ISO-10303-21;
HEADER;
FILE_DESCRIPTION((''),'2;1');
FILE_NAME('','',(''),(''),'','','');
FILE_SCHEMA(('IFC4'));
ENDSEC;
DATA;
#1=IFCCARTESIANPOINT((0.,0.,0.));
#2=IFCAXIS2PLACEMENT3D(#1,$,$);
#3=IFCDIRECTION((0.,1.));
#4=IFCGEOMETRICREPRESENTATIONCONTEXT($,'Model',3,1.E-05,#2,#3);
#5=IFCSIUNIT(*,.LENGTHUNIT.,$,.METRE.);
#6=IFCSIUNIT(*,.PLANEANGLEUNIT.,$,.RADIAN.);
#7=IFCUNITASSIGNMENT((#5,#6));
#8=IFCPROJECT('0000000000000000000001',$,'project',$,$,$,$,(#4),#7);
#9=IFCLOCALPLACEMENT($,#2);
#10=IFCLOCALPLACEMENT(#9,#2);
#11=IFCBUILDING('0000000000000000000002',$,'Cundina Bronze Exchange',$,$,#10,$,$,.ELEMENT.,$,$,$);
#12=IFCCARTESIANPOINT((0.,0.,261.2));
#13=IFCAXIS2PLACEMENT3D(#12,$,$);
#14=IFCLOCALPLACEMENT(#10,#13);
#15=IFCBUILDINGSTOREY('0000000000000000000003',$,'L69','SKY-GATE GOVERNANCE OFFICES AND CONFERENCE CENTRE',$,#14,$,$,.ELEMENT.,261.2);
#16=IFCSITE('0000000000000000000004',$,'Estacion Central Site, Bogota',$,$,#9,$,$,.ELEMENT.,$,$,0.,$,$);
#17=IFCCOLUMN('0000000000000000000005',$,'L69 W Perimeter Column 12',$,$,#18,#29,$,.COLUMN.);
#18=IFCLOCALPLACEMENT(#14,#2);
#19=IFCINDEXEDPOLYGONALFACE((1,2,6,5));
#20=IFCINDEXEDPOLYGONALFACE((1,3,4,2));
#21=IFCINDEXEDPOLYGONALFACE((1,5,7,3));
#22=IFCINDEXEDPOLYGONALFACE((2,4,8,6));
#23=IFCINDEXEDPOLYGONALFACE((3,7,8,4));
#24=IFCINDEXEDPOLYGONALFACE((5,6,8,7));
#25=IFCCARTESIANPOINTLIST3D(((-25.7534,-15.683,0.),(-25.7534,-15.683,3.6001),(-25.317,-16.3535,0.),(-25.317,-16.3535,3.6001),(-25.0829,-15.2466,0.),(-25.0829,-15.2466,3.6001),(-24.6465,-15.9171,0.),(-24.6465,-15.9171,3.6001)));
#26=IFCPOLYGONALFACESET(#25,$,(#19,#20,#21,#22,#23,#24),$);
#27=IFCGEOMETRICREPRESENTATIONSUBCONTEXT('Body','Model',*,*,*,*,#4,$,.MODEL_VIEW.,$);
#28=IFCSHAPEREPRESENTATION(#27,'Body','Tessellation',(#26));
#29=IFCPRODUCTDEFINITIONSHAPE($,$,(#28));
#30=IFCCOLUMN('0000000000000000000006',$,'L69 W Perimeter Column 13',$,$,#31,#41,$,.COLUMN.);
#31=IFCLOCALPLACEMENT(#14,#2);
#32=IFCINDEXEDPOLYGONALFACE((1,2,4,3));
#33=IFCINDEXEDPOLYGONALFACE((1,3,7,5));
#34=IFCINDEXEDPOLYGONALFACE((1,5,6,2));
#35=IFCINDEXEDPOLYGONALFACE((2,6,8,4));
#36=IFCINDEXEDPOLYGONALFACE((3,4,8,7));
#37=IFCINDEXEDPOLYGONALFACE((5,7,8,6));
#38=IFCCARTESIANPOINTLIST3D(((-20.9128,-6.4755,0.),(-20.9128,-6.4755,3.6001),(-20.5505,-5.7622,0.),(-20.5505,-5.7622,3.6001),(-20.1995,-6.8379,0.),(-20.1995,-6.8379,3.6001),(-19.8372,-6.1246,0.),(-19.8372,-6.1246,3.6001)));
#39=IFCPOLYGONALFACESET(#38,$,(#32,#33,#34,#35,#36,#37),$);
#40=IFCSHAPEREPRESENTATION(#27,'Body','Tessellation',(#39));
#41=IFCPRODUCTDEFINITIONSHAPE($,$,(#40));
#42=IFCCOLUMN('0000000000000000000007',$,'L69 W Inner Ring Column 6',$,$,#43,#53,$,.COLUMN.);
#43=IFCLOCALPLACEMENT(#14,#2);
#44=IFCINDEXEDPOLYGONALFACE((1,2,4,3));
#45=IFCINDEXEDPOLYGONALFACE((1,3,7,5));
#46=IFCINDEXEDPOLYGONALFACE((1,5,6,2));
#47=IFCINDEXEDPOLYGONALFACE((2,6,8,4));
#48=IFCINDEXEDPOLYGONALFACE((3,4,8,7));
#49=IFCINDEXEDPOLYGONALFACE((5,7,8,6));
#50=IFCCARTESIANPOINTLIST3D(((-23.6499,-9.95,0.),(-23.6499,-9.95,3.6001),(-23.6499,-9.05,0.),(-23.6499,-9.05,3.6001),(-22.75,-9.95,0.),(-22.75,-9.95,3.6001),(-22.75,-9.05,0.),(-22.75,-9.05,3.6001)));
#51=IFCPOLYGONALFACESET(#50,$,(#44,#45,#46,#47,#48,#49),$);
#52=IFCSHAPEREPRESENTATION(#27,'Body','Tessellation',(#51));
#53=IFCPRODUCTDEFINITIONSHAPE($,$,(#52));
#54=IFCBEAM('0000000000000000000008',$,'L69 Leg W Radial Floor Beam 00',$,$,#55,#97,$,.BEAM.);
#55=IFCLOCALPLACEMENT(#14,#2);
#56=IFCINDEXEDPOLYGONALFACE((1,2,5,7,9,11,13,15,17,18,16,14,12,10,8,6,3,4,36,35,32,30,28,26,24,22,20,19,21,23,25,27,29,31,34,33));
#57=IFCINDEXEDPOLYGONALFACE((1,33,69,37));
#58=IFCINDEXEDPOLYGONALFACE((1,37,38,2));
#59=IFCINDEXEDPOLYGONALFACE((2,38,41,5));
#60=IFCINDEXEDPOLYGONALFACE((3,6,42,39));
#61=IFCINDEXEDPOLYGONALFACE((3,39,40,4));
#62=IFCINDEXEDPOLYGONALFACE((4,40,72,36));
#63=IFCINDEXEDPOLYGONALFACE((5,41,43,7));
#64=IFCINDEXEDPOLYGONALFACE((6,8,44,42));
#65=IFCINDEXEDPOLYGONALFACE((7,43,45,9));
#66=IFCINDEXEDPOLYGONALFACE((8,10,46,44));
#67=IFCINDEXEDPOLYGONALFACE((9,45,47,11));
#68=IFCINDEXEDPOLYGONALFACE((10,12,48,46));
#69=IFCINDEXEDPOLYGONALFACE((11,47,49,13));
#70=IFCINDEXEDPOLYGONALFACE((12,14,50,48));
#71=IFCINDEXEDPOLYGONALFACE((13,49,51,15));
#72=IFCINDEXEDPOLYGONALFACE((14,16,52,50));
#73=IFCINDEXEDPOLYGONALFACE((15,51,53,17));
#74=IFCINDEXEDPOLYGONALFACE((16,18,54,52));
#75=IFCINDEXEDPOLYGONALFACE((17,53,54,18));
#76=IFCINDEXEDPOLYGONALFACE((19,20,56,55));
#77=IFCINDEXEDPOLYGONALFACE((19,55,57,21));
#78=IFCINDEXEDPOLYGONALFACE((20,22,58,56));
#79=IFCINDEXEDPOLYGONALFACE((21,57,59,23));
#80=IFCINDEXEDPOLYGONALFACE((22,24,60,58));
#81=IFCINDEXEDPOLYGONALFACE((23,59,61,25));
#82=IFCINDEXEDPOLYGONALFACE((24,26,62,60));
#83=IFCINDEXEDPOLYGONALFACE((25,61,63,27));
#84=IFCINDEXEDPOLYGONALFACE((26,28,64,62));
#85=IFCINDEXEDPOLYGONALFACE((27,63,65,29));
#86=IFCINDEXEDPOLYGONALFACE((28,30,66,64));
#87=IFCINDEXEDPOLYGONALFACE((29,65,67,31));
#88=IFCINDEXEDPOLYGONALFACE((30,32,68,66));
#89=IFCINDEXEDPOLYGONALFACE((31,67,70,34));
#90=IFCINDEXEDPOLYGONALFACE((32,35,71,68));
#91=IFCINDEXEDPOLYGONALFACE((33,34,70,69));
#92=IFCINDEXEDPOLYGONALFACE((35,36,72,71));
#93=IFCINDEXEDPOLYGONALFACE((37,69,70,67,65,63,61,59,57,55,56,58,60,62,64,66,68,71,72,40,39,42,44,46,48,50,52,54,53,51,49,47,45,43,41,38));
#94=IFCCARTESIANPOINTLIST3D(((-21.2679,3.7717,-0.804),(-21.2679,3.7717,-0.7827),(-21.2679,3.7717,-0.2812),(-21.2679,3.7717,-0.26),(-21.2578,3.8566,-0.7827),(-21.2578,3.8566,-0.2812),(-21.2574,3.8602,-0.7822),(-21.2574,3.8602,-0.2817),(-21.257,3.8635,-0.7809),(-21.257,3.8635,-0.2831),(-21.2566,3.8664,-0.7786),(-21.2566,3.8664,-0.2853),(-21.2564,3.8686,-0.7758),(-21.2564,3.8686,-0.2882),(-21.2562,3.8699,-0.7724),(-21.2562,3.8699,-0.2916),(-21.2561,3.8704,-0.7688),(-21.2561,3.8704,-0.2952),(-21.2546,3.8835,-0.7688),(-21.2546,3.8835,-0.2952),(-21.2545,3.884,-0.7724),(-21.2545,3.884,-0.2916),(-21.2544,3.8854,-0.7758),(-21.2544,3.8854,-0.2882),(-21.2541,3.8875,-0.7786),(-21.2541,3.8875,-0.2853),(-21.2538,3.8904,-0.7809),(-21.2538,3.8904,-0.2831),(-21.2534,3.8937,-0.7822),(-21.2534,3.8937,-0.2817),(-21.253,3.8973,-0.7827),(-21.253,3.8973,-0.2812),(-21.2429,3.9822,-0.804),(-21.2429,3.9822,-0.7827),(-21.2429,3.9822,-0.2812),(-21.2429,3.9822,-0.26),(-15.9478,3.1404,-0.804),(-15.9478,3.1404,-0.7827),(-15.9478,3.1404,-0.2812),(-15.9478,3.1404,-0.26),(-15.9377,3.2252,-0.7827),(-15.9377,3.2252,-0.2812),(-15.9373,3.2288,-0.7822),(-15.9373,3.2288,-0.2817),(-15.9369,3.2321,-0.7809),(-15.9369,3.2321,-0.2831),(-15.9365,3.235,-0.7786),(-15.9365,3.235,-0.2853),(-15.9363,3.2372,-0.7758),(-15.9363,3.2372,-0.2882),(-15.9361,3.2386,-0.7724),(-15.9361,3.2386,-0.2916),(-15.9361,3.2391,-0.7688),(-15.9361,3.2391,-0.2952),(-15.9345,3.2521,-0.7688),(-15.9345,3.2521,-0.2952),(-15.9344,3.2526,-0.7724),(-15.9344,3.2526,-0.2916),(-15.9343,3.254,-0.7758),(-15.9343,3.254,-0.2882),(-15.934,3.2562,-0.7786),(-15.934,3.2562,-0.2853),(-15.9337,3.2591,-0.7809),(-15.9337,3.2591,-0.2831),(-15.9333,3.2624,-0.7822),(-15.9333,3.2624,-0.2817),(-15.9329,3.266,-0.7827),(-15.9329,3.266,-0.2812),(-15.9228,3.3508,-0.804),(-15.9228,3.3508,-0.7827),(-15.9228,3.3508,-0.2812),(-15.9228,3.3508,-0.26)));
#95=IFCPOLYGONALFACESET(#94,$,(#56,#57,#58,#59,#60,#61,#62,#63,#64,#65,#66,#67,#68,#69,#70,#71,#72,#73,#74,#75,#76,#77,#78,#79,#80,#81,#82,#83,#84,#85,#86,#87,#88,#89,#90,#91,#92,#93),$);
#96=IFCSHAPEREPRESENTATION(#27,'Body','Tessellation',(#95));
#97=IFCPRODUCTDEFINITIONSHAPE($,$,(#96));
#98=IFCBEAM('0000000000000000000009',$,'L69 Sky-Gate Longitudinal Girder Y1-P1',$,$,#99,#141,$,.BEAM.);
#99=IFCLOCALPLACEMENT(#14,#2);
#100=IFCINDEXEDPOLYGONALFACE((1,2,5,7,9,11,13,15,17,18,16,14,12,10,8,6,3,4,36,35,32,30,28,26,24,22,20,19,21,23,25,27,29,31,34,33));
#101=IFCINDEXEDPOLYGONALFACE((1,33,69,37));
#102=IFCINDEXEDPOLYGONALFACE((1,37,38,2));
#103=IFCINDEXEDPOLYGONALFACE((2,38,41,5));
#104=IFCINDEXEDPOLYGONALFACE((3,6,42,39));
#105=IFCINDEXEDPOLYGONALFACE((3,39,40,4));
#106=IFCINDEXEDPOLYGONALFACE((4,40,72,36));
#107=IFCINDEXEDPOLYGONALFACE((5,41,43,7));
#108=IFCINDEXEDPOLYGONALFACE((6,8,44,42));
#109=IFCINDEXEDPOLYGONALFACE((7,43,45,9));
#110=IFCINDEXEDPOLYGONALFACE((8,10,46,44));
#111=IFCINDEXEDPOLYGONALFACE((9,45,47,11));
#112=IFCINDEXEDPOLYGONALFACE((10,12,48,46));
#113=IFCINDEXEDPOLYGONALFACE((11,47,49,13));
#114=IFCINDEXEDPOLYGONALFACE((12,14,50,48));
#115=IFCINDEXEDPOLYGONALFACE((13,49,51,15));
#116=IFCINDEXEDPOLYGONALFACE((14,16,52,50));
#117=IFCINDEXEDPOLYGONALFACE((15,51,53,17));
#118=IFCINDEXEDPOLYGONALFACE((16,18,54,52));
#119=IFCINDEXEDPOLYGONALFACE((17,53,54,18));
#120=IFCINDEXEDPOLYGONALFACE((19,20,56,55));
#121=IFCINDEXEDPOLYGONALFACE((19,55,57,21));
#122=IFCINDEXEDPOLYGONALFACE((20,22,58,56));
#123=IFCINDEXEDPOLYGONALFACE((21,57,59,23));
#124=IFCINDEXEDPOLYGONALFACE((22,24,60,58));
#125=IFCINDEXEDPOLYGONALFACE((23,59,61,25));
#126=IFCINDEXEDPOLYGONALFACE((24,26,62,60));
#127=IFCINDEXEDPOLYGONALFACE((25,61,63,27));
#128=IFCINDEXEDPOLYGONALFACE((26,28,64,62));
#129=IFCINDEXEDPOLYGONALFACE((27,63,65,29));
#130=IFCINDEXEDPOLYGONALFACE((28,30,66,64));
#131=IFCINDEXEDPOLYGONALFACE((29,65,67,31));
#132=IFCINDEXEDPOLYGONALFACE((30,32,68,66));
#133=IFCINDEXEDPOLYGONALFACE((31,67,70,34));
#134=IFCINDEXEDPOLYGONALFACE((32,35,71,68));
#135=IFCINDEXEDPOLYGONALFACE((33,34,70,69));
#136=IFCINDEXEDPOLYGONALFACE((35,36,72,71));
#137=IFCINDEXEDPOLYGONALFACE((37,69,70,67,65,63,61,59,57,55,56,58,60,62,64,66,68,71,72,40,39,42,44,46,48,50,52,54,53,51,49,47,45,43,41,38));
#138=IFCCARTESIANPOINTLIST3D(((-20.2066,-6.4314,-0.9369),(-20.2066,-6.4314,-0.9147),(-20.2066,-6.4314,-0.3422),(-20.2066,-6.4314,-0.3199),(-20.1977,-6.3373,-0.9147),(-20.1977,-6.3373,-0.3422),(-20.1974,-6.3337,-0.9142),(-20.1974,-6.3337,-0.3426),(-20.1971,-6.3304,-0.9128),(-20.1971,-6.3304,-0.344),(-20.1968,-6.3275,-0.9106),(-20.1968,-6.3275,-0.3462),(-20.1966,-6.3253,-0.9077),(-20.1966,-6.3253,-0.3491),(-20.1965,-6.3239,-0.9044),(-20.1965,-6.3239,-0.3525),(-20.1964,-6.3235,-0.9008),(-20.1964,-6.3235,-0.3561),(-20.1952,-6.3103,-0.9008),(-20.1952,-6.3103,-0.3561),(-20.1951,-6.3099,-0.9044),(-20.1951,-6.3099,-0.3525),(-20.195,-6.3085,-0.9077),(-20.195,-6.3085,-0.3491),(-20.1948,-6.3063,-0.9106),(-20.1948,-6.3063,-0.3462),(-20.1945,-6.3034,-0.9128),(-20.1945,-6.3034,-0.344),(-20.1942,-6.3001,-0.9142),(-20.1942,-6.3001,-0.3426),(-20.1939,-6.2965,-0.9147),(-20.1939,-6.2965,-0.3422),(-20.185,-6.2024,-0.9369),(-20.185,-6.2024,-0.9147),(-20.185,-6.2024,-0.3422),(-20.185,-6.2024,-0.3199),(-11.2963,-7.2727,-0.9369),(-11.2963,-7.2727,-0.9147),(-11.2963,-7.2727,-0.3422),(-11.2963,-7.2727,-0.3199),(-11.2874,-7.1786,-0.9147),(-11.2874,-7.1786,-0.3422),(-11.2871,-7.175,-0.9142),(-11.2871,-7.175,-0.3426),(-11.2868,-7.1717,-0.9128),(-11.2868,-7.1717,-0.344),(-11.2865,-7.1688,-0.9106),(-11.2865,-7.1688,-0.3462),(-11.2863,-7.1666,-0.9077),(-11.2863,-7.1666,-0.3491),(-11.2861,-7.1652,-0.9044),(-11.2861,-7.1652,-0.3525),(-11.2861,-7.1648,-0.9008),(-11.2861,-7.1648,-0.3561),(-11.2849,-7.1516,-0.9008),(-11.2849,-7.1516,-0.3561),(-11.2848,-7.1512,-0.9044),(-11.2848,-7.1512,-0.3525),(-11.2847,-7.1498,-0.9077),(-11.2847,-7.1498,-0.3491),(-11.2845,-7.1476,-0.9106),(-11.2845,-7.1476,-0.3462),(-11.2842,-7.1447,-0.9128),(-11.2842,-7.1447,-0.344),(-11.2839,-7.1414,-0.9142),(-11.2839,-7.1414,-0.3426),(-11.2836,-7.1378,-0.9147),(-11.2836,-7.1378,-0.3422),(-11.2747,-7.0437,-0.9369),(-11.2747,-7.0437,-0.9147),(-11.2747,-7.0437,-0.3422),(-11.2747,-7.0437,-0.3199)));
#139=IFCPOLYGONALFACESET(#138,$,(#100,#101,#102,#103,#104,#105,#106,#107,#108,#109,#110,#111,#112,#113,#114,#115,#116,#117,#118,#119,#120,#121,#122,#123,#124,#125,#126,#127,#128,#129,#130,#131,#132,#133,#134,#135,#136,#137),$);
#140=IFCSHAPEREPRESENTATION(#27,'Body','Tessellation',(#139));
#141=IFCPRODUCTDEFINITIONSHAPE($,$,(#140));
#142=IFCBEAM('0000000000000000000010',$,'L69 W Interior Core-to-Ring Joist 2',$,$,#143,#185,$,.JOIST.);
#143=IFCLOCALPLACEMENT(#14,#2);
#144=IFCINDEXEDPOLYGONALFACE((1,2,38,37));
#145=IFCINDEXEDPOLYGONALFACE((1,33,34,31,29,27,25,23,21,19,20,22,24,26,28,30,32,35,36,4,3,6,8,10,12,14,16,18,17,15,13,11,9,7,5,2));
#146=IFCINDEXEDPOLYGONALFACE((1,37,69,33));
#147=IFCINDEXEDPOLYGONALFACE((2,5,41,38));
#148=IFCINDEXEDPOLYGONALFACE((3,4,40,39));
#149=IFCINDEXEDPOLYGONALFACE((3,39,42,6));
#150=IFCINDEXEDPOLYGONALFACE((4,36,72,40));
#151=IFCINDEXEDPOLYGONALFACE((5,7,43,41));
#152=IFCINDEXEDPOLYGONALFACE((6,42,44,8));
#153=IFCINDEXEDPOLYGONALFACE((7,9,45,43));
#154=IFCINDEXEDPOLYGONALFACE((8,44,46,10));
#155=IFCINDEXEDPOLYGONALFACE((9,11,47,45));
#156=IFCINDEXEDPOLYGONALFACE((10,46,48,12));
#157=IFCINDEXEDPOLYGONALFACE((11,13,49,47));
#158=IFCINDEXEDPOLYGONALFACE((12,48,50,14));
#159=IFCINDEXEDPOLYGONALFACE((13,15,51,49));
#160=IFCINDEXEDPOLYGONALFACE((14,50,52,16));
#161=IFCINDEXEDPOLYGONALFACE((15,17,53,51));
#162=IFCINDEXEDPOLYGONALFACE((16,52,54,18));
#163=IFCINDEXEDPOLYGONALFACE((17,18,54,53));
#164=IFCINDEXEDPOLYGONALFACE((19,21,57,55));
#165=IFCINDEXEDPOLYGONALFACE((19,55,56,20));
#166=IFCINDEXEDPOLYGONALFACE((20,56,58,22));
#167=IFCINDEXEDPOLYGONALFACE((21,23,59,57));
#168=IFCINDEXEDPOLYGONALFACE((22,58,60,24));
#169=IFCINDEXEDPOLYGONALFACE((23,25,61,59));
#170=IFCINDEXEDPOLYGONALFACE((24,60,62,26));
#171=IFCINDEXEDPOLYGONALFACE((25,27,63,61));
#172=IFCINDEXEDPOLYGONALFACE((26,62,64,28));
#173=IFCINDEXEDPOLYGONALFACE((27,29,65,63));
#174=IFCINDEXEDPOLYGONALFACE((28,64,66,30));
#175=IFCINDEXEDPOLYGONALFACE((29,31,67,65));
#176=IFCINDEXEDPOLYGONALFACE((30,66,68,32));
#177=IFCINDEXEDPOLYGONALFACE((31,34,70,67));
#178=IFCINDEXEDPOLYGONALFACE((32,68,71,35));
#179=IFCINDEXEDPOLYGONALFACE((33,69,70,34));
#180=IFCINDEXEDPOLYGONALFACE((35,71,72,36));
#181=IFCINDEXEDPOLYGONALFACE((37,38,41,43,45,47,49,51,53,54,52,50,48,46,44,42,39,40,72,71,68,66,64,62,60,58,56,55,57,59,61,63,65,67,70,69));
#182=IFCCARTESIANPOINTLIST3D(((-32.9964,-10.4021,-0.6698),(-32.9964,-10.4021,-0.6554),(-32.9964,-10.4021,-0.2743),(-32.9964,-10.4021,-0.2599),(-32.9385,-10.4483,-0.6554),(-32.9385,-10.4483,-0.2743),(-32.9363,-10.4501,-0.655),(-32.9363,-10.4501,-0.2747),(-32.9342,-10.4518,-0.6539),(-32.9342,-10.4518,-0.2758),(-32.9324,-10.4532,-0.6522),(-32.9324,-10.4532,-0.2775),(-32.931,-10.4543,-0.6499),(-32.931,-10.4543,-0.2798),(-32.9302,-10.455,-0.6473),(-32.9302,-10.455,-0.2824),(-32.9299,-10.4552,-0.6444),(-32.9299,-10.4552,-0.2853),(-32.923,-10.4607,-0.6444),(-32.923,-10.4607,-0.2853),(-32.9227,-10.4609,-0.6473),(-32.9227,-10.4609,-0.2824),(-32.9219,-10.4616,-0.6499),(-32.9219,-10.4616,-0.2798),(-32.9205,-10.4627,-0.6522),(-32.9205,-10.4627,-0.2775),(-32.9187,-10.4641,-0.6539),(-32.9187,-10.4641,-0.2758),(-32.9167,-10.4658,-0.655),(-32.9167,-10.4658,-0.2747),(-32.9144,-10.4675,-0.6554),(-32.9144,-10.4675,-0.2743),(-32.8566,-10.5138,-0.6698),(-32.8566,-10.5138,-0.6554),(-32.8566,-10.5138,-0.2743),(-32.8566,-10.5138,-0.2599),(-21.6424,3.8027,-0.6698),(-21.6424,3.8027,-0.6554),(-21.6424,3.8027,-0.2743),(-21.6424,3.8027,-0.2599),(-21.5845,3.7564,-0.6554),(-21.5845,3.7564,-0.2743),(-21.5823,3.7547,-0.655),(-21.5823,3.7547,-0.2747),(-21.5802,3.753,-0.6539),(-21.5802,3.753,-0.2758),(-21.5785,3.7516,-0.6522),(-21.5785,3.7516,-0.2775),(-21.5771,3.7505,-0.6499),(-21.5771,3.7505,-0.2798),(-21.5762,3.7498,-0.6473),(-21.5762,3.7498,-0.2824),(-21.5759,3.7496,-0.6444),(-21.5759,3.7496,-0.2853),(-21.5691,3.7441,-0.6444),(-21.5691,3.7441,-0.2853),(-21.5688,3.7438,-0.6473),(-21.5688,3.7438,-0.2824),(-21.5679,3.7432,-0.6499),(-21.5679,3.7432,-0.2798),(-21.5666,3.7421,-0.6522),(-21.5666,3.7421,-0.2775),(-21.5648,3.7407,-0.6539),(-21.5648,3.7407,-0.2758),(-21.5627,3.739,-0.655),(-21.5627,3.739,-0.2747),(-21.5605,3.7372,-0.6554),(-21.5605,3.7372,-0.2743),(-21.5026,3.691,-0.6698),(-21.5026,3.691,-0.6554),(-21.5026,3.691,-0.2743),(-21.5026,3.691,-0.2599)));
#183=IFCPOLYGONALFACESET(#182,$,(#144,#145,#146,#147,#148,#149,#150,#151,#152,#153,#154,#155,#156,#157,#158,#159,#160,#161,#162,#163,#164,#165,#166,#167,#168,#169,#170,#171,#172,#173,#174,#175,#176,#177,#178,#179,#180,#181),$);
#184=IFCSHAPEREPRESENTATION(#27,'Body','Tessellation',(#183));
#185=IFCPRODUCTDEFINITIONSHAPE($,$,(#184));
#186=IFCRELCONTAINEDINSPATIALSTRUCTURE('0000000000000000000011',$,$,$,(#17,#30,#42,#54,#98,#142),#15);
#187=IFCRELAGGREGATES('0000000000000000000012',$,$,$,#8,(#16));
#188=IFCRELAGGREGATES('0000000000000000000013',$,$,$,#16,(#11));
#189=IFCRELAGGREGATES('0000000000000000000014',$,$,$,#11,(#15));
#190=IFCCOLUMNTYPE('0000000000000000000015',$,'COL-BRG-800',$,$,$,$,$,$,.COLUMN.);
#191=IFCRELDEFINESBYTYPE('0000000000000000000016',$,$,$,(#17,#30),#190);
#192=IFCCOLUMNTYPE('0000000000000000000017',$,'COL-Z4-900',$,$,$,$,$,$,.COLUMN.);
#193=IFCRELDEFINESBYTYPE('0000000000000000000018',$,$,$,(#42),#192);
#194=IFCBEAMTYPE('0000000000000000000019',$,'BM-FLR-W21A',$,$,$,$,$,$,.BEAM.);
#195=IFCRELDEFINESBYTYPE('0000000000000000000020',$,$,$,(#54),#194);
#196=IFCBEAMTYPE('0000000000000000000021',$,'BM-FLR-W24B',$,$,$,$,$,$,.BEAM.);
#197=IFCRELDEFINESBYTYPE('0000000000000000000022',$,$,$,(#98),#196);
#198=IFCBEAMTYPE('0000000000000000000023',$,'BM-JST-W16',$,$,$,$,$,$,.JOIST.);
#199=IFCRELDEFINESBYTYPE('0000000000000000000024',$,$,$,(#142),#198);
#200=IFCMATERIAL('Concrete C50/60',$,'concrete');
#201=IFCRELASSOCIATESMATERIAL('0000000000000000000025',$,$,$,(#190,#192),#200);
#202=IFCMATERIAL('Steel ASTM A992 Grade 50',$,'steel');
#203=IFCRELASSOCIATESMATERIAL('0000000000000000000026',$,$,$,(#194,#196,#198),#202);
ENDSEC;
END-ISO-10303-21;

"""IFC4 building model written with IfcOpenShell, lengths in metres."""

from ifc_helpers import new_model, si_unit, direction, frame, origin, origin_2d, place, context, subcontext, project, spatial, rectangle, i_section, extrude, material, material_profile, profile_set, type_object, element, save


model = new_model("IFC4")

# Units and contexts
model_context = context("Model", 3, precision=1e-05, world=origin(), true_north=direction((0.0, 1.0)))
body_context = subcontext(model_context, "Body", "Model", "MODEL_VIEW")
ifc_project = project(units=[si_unit("LENGTHUNIT", "METRE"), si_unit("PLANEANGLEUNIT", "RADIAN")], contexts=[model_context])

# Site, building, storey
site_placement = place(None, origin())
site = spatial("IfcSite", under=ifc_project, at=site_placement, Name="Estacion Central Site, Bogota", CompositionType="ELEMENT", RefElevation=0.0)
building_placement = place(site_placement, origin())
building = spatial("IfcBuilding", under=site, at=building_placement, Name="Cundina Bronze Exchange", CompositionType="ELEMENT")
storey_placement = place(building_placement, frame((0.0, 0.0, 261.2)))
storey = spatial("IfcBuildingStorey", under=building, at=storey_placement, Name="L69", Description="SKY-GATE GOVERNANCE OFFICES AND CONFERENCE CENTRE", CompositionType="ELEMENT", Elevation=261.2)

# Columns
ifc_material_1 = material(Name="Concrete C50/60", Category="concrete")
ifc_material_profile_1 = material_profile(ifc_material_1, rectangle(XDim=0.8, YDim=0.8, at=origin_2d()), Name="RC800X800", Category="concrete")
ifc_profile_set_1 = profile_set([ifc_material_profile_1], Name="Concrete C50/60")
column_type_1 = type_object("IfcColumnType", Name="COL-BRG-800", PredefinedType="COLUMN", material=ifc_profile_set_1)
for number, where, z_axis, x_axis, name in (
    (1, (-25.2, -15.8, 0.0), (0.0, 0.0, 1.0), (0.8381, 0.545517, 0.0), "L69 W Perimeter Column 12"),
    (2, (-20.375, -6.3, 0.0), (0.0, 0.0, 1.0), (0.452902, 0.891561, 0.0), "L69 W Perimeter Column 13"),
):
    element("IfcColumn", number, at=place(storey_placement, frame(where, z_axis=z_axis, x_axis=x_axis)), inside=storey, type_object=column_type_1, Name=name, PredefinedType="COLUMN", context=body_context, shape_type="SweptSolid", body=[
        extrude(rectangle(XDim=0.8, YDim=0.8, at=origin_2d()), origin(), (0.0, 0.0, 1.0), 3.6001),
    ])
ifc_material_profile_2 = material_profile(ifc_material_1, rectangle(XDim=0.8999, YDim=0.8999, at=origin_2d()), Name="RC900X900", Category="concrete")
ifc_profile_set_2 = profile_set([ifc_material_profile_2], Name="Concrete C50/60")
column_type_2 = type_object("IfcColumnType", Name="COL-Z4-900", PredefinedType="COLUMN", material=ifc_profile_set_2)
column_placement = place(storey_placement, frame((-23.2, -9.5, 0.0), z_axis=(0.0, 0.0, 1.0), x_axis=(1.0, 0.0, 0.0)))
element("IfcColumn", 3, at=column_placement, inside=storey, type_object=column_type_2, Name="L69 W Inner Ring Column 6", PredefinedType="COLUMN", context=body_context, shape_type="SweptSolid", body=[
    extrude(rectangle(XDim=0.8999, YDim=0.8999, at=origin_2d()), origin(), (0.0, 0.0, 1.0), 3.6001),
])

# Beams
ifc_material_2 = material(Name="Steel ASTM A992 Grade 50", Category="steel")
ifc_material_profile_3 = material_profile(ifc_material_2, i_section(OverallWidth=0.2119, OverallDepth=0.5439, WebThickness=0.0132, FlangeThickness=0.0212, FilletRadius=0.0139, at=origin_2d()), Name="W21X83", Category="steel")
ifc_profile_set_3 = profile_set([ifc_material_profile_3], Name="Steel ASTM A992 Grade 50")
beam_type_1 = type_object("IfcBeamType", Name="BM-FLR-W21A", PredefinedType="BEAM", material=ifc_profile_set_3)
beam_1_placement = place(storey_placement, frame((-21.2554, 3.877, -0.532), z_axis=(0.993032, -0.117846, 0.0), x_axis=(0.117846, 0.993032, 0.0)))
element("IfcBeam", 4, at=beam_1_placement, inside=storey, type_object=beam_type_1, Name="L69 Leg W Radial Floor Beam 00", PredefinedType="BEAM", context=body_context, shape_type="SweptSolid", body=[
    extrude(i_section(OverallWidth=0.2119, OverallDepth=0.5439, WebThickness=0.0132, FlangeThickness=0.0212, FilletRadius=0.0139, at=origin_2d()), origin(), (0.0, 0.0, 1.0), 5.3574),
])
ifc_material_profile_4 = material_profile(ifc_material_2, i_section(OverallWidth=0.23, OverallDepth=0.6169, WebThickness=0.0132, FlangeThickness=0.0222, FilletRadius=0.0139, at=origin_2d()), Name="W24X94", Category="steel")
ifc_profile_set_4 = profile_set([ifc_material_profile_4], Name="Steel ASTM A992 Grade 50")
beam_type_2 = type_object("IfcBeamType", Name="BM-FLR-W24B", PredefinedType="BEAM", material=ifc_profile_set_4)
beam_2_placement = place(storey_placement, frame((-20.1958, -6.3169, -0.6284), z_axis=(0.995572, -0.094001, 0.0), x_axis=(0.094001, 0.995572, 0.0)))
element("IfcBeam", 5, at=beam_2_placement, inside=storey, type_object=beam_type_2, Name="L69 Sky-Gate Longitudinal Girder Y1-P1", PredefinedType="BEAM", context=body_context, shape_type="SweptSolid", body=[
    extrude(i_section(OverallWidth=0.23, OverallDepth=0.6169, WebThickness=0.0132, FlangeThickness=0.0222, FilletRadius=0.0139, at=origin_2d()), origin(), (0.0, 0.0, 1.0), 8.95),
])
ifc_material_profile_5 = material_profile(ifc_material_2, i_section(OverallWidth=0.179, OverallDepth=0.4099, WebThickness=0.0088, FlangeThickness=0.0144, FilletRadius=0.011, at=origin_2d()), Name="W16X45", Category="steel")
ifc_profile_set_5 = profile_set([ifc_material_profile_5], Name="Steel ASTM A992 Grade 50")
beam_type_3 = type_object("IfcBeamType", Name="BM-JST-W16", PredefinedType="JOIST", material=ifc_profile_set_5)
beam_3_placement = place(storey_placement, frame((-21.5725, 3.7468, -0.4648), z_axis=(-0.624364, -0.781133, 0.0), x_axis=(0.781133, -0.624364, 0.0)))
element("IfcBeam", 6, at=beam_3_placement, inside=storey, type_object=beam_type_3, Name="L69 W Interior Core-to-Ring Joist 2", PredefinedType="JOIST", context=body_context, shape_type="SweptSolid", body=[
    extrude(i_section(OverallWidth=0.179, OverallDepth=0.4099, WebThickness=0.0088, FlangeThickness=0.0144, FilletRadius=0.011, at=origin_2d()), origin(), (0.0, 0.0, 1.0), 18.1848),
])

save(model, "model.ifc")
